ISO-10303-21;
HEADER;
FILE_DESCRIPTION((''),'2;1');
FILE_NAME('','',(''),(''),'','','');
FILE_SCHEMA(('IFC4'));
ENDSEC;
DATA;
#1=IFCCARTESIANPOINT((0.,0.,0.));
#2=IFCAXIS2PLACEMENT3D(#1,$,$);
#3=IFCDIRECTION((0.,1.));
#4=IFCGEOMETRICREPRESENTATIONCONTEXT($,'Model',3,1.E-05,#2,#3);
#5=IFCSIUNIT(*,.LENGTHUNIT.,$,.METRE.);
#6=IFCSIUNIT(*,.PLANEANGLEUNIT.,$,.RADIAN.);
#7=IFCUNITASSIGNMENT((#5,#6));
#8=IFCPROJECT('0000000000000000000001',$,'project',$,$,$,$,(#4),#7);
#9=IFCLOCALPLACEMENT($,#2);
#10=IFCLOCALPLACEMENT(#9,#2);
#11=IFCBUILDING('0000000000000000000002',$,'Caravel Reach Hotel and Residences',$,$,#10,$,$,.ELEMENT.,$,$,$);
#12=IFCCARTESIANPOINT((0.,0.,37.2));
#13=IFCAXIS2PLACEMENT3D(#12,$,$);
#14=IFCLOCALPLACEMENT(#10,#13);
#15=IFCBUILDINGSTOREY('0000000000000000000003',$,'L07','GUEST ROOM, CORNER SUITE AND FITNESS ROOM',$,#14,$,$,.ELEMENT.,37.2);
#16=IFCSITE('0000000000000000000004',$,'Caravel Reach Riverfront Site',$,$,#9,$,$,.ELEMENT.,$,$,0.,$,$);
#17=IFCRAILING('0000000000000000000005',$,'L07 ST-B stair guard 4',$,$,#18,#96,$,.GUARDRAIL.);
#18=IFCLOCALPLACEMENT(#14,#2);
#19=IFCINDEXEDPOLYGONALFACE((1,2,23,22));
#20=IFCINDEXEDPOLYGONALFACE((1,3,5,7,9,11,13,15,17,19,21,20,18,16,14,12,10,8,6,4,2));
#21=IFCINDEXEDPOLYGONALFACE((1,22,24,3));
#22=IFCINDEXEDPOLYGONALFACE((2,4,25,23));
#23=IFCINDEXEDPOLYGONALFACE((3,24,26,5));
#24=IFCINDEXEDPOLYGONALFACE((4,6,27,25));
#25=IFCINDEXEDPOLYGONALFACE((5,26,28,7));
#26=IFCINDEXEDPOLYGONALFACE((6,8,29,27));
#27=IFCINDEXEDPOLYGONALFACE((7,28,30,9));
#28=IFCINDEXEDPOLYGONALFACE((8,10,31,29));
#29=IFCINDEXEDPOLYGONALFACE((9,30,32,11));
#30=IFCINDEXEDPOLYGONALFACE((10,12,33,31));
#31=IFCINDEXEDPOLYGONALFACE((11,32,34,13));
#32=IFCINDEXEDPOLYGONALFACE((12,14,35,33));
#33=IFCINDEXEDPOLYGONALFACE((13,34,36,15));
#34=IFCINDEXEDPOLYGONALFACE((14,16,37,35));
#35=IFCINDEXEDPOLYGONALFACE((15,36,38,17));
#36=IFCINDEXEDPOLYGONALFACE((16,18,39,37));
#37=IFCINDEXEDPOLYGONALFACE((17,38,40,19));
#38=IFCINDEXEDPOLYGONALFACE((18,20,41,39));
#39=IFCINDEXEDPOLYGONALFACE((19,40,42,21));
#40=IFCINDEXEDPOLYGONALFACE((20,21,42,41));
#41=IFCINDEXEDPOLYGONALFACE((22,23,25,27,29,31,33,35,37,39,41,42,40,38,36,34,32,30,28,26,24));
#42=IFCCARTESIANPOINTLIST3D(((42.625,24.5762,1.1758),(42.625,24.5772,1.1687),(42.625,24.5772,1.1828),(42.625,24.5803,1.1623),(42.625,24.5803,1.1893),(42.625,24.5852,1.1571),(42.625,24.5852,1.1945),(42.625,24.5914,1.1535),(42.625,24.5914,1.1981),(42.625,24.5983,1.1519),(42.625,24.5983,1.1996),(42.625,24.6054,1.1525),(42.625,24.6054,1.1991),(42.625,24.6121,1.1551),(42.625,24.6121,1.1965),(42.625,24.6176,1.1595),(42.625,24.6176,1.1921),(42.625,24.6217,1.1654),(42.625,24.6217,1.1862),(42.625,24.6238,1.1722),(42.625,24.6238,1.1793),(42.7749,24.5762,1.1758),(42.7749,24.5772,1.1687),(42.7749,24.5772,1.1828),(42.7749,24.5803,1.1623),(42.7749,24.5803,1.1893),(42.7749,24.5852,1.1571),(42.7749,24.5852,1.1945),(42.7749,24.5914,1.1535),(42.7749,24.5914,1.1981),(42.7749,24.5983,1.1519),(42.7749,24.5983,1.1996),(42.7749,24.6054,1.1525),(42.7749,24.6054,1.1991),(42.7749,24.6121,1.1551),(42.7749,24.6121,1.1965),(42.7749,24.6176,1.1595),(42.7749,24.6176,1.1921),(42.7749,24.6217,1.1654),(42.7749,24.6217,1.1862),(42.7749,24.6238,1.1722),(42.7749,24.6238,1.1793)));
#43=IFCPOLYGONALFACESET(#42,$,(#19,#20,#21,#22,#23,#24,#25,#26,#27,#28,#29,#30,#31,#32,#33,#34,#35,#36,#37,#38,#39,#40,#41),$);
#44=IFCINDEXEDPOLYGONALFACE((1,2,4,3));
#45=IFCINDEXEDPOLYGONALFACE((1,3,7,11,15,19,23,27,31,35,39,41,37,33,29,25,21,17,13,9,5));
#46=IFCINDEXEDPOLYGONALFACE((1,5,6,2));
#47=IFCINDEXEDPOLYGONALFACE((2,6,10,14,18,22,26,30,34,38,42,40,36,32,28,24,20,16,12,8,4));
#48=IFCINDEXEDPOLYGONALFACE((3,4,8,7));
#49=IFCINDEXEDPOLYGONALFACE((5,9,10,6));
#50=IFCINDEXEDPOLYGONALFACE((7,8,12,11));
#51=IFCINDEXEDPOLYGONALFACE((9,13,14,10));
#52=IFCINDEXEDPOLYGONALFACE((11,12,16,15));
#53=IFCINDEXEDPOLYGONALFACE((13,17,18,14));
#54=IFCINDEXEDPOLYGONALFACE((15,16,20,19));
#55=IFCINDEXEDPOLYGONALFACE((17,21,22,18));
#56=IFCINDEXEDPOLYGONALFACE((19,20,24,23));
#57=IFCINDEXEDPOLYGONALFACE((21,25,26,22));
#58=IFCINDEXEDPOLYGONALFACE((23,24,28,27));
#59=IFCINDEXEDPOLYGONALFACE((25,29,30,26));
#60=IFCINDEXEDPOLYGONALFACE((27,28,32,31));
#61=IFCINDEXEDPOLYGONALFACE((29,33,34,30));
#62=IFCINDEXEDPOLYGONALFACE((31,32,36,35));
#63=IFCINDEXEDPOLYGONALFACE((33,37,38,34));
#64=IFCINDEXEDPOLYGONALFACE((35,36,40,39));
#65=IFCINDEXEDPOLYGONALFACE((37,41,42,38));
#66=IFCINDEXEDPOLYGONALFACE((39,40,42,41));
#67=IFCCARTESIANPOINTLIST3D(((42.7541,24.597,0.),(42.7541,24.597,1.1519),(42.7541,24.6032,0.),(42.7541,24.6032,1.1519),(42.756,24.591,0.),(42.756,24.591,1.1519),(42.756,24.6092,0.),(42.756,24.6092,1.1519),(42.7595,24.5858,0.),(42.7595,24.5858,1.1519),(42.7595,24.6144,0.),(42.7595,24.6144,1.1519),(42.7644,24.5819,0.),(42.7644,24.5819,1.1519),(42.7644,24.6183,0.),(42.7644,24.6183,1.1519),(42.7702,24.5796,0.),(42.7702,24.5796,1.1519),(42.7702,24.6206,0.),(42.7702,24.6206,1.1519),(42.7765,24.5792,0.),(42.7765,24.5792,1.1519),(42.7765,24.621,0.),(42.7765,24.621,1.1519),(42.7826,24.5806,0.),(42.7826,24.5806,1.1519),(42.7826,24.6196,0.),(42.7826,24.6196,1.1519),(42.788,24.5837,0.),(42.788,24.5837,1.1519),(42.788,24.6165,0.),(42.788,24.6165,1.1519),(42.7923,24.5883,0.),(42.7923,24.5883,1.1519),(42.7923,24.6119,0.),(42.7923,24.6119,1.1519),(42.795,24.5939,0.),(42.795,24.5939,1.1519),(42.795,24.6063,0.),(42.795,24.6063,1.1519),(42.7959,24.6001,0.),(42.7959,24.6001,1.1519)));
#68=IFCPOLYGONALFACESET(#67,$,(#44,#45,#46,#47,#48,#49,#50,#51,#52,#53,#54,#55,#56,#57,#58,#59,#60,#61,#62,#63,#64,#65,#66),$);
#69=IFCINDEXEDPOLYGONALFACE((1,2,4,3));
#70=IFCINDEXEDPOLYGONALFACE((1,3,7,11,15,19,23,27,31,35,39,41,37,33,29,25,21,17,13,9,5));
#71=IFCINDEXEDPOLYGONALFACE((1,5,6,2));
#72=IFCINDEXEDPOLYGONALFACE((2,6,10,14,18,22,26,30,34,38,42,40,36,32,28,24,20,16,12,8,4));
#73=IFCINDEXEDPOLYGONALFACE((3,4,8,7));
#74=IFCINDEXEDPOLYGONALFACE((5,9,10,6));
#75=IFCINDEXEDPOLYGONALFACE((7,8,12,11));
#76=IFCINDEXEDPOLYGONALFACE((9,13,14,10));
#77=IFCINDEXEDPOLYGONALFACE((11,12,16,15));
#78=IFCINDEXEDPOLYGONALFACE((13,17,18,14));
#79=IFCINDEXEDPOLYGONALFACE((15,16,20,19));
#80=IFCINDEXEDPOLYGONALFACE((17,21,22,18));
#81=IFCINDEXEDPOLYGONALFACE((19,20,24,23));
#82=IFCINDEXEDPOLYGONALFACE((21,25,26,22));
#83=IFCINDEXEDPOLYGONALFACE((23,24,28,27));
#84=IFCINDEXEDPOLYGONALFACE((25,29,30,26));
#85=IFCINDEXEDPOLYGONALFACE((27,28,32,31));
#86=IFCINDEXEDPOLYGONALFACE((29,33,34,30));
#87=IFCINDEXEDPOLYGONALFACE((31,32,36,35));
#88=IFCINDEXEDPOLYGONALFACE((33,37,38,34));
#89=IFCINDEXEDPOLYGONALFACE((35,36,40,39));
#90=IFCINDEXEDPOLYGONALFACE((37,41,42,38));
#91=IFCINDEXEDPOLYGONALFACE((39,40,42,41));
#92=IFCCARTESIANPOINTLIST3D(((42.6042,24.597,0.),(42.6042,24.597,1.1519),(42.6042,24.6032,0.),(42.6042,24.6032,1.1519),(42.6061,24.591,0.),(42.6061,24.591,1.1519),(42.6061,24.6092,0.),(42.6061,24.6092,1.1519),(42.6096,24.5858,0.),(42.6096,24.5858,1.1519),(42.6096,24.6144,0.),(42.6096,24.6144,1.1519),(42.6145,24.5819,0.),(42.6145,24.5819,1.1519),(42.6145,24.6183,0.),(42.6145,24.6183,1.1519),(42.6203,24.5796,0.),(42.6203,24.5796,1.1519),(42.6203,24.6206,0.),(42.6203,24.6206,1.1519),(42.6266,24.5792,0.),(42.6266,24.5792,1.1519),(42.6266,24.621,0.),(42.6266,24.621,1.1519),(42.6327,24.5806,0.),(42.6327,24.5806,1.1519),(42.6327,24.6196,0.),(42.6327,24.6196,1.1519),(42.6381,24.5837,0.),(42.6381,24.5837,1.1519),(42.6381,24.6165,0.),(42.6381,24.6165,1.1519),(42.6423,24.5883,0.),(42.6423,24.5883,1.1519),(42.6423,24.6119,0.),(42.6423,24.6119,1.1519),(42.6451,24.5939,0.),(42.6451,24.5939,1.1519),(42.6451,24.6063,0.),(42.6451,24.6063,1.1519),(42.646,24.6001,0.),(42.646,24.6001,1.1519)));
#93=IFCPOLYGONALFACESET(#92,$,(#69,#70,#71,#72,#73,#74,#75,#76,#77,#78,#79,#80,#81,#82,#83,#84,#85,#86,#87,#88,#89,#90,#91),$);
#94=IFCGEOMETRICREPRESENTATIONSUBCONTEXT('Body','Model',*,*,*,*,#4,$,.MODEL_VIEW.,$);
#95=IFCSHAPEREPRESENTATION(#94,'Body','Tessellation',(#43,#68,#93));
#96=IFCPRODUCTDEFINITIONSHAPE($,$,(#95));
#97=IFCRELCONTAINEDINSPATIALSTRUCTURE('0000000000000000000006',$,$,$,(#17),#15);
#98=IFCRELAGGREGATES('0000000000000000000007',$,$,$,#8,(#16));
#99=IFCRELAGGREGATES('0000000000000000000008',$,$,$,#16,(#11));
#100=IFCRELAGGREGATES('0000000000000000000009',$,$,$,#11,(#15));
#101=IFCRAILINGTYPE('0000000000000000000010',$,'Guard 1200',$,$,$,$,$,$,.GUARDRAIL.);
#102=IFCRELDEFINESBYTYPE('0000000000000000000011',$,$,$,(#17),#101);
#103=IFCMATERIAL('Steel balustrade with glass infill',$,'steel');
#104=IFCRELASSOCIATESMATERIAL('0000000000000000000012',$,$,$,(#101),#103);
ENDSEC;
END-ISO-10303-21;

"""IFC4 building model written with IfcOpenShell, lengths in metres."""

from ifc_helpers import new_model, si_unit, direction, frame, origin, origin_2d, place, context, subcontext, project, spatial, circle, extrude, material, type_object, element, save


model = new_model("IFC4")

# Units and contexts
model_context = context("Model", 3, precision=1e-05, world=origin(), true_north=direction((0.0, 1.0)))
body_context = subcontext(model_context, "Body", "Model", "MODEL_VIEW")
ifc_project = project(units=[si_unit("LENGTHUNIT", "METRE"), si_unit("PLANEANGLEUNIT", "RADIAN")], contexts=[model_context])

# Site, building, storey
site_placement = place(None, origin())
site = spatial("IfcSite", under=ifc_project, at=site_placement, Name="Caravel Reach Riverfront Site", CompositionType="ELEMENT", RefElevation=0.0)
building_placement = place(site_placement, origin())
building = spatial("IfcBuilding", under=site, at=building_placement, Name="Caravel Reach Hotel and Residences", CompositionType="ELEMENT")
storey_placement = place(building_placement, frame((0.0, 0.0, 37.2)))
storey = spatial("IfcBuildingStorey", under=building, at=storey_placement, Name="L07", Description="GUEST ROOM, CORNER SUITE AND FITNESS ROOM", CompositionType="ELEMENT", Elevation=37.2)

# Railing
ifc_material_1 = material(Name="Steel balustrade with glass infill", Category="steel")
railing_type_1 = type_object("IfcRailingType", Name="Guard 1200", PredefinedType="GUARDRAIL", material=ifc_material_1)
railing_1_placement = place(storey_placement, frame((42.7749, 24.6001, 0.0)))
element("IfcRailing", 1, at=railing_1_placement, inside=storey, type_object=railing_type_1, Name="L07 ST-B stair guard 4", PredefinedType="GUARDRAIL", context=body_context, shape_type="SweptSolid", body=[
    extrude(circle(Radius=0.0239, at=origin_2d()), frame((0.0, 0.0, 1.1758), z_axis=(-1.0, 0.0, 0.0), x_axis=(0.0, -1.0, 0.0)), (0.0, 0.0, 1.0), 0.1499),
    extrude(circle(Radius=0.021, at=origin_2d()), origin(), (0.0, 0.0, 1.0), 1.1519),
    extrude(circle(Radius=0.021, at=origin_2d()), frame((-0.1499, 0.0, 0.0)), (0.0, 0.0, 1.0), 1.1519),
])

save(model, "model.ifc")
